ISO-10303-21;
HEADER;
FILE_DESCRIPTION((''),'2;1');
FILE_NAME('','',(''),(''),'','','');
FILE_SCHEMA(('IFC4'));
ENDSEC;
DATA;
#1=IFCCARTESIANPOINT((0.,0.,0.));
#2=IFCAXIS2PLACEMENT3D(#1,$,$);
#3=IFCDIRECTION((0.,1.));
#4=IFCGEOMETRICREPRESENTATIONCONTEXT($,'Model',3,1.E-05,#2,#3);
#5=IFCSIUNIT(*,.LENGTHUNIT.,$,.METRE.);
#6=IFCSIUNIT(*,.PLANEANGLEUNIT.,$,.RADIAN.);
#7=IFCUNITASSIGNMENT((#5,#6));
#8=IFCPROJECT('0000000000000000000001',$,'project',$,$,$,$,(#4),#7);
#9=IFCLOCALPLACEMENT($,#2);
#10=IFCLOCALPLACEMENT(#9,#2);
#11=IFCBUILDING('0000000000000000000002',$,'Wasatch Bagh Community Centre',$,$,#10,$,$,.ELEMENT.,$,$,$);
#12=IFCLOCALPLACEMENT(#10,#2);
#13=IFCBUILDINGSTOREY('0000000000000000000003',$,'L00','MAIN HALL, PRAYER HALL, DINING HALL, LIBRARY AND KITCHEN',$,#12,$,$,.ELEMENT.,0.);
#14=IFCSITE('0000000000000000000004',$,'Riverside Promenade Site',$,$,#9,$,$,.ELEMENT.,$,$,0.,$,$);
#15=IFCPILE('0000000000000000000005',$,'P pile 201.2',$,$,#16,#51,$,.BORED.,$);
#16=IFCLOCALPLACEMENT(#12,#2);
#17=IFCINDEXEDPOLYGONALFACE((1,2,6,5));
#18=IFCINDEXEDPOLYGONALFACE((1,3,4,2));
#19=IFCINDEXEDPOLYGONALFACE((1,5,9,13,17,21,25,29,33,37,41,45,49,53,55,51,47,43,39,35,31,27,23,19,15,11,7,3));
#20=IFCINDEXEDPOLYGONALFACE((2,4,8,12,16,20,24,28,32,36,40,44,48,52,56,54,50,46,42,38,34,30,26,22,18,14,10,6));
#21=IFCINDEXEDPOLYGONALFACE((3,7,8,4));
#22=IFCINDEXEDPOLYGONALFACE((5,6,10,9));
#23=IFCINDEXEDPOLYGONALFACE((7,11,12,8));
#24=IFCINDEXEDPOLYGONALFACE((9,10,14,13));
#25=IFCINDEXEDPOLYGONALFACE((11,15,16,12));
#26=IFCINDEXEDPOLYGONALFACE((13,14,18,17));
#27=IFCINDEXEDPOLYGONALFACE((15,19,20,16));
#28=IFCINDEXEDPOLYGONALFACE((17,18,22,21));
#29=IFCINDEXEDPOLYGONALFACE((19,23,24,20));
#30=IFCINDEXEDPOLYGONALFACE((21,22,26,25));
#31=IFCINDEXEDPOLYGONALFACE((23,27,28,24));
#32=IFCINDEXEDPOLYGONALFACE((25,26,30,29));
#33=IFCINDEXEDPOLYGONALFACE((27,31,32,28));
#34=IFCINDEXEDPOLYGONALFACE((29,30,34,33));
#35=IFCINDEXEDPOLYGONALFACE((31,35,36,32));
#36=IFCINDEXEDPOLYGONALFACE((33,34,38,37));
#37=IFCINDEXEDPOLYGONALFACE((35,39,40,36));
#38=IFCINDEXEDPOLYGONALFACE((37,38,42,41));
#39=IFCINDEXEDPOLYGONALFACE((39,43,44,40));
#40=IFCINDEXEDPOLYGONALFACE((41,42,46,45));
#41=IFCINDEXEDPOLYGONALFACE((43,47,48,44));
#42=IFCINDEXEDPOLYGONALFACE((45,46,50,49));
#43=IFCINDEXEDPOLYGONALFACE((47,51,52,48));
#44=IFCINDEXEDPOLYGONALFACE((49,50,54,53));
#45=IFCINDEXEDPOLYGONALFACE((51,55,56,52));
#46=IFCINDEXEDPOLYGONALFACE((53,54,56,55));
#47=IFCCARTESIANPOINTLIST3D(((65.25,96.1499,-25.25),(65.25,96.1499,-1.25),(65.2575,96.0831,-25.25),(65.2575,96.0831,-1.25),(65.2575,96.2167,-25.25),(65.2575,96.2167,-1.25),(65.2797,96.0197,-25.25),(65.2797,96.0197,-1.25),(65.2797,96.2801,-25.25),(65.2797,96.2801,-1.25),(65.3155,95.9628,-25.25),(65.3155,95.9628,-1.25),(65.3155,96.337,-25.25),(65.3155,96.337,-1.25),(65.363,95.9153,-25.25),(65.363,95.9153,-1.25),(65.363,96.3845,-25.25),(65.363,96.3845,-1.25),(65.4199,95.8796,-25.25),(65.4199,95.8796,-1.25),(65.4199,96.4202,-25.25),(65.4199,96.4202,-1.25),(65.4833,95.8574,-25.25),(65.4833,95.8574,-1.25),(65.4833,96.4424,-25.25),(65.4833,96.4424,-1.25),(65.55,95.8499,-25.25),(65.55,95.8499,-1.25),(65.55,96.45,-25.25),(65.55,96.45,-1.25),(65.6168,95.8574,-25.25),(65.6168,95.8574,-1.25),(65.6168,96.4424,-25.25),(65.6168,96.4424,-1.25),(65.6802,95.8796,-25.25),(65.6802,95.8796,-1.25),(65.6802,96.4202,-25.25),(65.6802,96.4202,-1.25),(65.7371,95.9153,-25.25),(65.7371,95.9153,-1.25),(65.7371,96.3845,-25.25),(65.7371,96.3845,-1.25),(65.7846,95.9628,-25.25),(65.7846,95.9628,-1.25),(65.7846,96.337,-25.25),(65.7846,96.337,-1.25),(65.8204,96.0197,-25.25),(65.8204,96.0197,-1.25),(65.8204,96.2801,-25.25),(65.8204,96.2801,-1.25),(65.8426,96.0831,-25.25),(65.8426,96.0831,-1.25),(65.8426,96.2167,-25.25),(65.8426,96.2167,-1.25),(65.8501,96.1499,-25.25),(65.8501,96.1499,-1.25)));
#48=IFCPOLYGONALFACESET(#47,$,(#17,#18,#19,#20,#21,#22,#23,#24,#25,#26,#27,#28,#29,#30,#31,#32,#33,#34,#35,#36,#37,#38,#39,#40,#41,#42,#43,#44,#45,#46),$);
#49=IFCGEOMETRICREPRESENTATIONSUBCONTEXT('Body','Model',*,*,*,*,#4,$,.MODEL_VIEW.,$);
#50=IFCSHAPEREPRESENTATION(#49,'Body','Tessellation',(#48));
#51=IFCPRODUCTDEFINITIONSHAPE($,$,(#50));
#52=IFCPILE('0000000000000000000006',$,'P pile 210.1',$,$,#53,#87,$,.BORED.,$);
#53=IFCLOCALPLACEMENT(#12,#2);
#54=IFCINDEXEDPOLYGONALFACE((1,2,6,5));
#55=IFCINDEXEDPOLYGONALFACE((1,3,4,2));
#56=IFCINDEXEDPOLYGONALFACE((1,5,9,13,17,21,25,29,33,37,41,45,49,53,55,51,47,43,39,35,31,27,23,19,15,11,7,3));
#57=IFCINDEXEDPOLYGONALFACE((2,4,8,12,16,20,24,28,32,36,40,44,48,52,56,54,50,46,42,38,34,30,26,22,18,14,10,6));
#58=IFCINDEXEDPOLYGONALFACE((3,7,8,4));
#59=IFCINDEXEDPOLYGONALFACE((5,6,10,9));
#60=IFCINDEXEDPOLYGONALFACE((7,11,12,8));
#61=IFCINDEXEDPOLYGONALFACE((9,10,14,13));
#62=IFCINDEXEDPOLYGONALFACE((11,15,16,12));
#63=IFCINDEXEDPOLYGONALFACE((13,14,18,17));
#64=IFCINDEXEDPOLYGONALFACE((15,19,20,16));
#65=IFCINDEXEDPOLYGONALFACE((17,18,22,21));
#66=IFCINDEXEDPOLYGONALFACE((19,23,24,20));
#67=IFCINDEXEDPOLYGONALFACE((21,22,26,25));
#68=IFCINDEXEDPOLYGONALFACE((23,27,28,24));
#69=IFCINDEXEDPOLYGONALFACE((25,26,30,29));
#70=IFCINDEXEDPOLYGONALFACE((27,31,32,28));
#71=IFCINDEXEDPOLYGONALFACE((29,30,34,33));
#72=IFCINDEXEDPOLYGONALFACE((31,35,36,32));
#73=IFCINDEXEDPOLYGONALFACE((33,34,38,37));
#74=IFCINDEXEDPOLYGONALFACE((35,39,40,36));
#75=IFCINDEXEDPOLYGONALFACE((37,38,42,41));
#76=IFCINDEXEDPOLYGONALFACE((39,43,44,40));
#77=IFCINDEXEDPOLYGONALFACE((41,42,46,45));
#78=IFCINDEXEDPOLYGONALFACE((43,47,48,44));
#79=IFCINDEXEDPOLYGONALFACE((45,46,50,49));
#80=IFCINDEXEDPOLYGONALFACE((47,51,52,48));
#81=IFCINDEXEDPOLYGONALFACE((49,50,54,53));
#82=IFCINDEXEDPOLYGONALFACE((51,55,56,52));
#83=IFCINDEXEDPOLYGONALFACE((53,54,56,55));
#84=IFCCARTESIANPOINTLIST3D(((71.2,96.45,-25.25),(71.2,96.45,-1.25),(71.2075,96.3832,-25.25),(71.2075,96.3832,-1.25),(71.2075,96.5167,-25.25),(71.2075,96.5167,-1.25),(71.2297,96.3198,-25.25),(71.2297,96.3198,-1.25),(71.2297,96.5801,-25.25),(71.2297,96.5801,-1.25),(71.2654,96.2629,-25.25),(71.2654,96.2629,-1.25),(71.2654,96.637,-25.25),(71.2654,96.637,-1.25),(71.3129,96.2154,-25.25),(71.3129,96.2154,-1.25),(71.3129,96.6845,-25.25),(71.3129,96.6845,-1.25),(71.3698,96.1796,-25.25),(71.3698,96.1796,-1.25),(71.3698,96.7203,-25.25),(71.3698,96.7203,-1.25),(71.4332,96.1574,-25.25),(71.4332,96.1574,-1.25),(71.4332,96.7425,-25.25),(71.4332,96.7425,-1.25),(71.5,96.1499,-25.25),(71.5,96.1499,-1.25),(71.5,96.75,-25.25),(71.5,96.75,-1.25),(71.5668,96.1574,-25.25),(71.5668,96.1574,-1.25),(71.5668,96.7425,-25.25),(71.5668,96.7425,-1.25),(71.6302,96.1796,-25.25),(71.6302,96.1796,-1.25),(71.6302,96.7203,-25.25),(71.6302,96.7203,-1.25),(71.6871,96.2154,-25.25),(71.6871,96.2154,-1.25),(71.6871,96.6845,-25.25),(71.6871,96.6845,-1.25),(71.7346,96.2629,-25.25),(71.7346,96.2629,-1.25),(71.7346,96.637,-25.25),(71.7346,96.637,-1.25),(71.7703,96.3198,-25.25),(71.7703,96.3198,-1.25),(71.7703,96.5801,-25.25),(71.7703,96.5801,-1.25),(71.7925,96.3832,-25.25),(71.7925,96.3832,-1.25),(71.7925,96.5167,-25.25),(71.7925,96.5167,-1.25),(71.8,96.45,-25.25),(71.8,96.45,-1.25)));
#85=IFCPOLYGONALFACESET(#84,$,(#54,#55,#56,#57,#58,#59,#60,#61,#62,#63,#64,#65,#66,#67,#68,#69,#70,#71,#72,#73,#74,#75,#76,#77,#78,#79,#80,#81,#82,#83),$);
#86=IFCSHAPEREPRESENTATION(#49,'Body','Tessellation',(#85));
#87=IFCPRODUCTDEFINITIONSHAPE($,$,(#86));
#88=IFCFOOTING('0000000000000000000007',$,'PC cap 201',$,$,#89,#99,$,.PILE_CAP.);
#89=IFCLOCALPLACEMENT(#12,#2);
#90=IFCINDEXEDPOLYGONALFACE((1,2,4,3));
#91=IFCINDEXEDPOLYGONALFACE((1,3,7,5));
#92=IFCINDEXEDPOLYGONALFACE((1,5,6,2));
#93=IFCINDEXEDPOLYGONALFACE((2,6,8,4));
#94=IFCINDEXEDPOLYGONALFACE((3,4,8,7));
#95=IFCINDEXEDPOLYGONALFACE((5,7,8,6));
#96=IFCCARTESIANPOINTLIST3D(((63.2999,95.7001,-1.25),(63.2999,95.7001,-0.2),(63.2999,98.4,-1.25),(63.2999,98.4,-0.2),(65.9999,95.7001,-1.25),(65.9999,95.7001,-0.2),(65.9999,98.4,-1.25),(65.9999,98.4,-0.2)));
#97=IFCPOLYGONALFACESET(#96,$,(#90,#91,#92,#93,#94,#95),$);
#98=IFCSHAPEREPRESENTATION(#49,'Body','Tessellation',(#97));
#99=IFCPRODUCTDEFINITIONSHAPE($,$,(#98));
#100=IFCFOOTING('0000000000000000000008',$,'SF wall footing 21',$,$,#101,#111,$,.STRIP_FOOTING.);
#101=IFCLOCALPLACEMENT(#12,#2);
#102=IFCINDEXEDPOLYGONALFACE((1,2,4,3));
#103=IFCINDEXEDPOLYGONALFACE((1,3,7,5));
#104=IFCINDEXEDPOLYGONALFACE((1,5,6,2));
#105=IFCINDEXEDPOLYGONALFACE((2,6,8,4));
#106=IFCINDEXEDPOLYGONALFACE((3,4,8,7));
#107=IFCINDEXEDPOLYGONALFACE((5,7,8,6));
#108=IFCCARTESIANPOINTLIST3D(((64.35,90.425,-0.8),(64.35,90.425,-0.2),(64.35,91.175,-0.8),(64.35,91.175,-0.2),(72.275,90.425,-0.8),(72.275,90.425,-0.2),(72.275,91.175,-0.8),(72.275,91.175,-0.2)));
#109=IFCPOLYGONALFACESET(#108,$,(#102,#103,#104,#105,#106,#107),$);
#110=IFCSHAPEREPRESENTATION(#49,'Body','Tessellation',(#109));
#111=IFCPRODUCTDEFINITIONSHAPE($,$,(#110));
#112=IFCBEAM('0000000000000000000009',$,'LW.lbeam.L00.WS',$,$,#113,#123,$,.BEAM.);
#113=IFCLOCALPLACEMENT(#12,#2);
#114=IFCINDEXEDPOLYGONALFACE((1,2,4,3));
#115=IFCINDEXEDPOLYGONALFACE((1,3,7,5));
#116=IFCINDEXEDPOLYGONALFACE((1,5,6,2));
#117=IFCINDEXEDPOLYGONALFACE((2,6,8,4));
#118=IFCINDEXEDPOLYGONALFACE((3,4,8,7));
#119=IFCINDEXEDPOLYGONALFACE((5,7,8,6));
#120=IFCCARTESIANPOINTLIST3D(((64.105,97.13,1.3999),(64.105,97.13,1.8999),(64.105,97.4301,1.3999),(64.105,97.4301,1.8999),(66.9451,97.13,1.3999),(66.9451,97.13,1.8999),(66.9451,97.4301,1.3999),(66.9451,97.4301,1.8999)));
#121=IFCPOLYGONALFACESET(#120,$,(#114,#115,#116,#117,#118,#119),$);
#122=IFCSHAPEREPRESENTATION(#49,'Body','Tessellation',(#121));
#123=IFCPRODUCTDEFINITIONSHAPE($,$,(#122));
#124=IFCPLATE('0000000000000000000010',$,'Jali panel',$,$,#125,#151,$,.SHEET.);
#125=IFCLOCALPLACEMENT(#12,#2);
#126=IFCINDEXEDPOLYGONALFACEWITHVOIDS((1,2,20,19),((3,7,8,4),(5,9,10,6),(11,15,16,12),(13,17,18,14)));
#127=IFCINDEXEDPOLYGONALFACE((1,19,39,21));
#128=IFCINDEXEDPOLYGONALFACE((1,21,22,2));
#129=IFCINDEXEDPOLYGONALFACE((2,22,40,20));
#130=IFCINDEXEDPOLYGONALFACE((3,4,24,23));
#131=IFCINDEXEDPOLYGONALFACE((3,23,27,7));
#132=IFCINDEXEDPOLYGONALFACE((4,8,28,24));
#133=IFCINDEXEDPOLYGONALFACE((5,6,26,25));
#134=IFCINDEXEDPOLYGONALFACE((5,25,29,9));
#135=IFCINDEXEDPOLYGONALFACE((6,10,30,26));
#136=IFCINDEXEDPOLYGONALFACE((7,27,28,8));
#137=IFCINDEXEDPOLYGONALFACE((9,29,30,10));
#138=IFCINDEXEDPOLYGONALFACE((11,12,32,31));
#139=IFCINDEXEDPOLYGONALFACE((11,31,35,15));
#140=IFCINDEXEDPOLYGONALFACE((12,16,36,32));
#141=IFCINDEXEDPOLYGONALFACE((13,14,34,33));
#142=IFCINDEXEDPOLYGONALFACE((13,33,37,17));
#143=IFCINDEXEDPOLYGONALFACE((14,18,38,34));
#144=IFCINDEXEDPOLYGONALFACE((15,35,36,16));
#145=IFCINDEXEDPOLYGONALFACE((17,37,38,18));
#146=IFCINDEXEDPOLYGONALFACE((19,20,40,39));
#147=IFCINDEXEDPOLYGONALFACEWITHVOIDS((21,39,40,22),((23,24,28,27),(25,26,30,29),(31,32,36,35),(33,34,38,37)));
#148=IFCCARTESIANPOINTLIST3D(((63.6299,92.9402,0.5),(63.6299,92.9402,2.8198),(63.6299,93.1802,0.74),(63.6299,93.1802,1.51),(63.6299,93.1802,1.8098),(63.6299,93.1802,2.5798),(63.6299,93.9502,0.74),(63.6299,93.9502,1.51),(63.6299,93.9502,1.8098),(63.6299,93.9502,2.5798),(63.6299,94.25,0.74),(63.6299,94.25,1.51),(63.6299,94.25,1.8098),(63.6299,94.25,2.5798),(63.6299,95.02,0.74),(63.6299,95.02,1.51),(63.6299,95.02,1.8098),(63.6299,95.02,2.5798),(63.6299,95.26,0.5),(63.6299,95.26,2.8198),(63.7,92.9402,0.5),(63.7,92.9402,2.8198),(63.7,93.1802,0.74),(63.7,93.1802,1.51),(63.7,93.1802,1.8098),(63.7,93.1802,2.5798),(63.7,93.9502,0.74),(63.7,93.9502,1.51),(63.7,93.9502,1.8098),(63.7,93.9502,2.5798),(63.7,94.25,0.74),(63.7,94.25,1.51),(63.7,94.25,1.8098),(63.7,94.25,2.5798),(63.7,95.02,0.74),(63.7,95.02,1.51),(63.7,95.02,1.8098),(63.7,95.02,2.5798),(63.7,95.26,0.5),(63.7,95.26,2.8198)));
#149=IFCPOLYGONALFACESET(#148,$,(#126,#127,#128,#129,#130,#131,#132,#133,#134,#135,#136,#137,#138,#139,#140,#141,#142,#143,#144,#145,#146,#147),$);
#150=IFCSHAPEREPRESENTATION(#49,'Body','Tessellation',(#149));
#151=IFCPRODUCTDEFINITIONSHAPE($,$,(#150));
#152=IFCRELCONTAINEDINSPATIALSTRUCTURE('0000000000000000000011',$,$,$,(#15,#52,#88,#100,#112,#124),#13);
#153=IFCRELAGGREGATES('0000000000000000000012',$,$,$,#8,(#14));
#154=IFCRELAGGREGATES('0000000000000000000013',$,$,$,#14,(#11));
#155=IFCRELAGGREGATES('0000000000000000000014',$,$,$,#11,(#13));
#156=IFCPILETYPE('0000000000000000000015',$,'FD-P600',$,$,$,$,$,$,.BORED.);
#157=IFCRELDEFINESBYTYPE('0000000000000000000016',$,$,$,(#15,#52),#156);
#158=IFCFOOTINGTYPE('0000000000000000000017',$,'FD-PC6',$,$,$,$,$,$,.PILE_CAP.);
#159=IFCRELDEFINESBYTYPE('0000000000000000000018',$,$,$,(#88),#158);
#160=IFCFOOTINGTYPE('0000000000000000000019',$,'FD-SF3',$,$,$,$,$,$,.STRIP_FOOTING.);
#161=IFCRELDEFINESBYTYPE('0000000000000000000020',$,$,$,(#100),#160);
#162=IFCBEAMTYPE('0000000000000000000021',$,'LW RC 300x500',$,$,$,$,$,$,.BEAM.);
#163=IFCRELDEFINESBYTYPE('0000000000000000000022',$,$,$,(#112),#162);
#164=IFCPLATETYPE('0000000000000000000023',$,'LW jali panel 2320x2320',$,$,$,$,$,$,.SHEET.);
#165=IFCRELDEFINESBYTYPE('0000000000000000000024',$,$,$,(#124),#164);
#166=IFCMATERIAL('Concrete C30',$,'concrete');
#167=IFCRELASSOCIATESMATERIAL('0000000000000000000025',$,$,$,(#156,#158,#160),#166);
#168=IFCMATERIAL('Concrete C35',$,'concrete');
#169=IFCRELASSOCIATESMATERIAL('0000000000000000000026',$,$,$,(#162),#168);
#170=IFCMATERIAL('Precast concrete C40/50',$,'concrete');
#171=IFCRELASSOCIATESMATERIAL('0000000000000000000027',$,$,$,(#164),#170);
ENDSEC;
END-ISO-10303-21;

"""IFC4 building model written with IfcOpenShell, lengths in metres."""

from ifc_helpers import new_model, si_unit, direction, frame, origin, origin_2d, place, context, subcontext, project, spatial, polyline, rectangle, circle, outline, extrude, material, material_profile, profile_set, type_object, element, save


model = new_model("IFC4")

# Units and contexts
model_context = context("Model", 3, precision=1e-05, world=origin(), true_north=direction((0.0, 1.0)))
body_context = subcontext(model_context, "Body", "Model", "MODEL_VIEW")
ifc_project = project(units=[si_unit("LENGTHUNIT", "METRE"), si_unit("PLANEANGLEUNIT", "RADIAN")], contexts=[model_context])

# Site, building, storey
site_placement = place(None, origin())
site = spatial("IfcSite", under=ifc_project, at=site_placement, Name="Riverside Promenade Site", CompositionType="ELEMENT", RefElevation=0.0)
building_placement = place(site_placement, origin())
building = spatial("IfcBuilding", under=site, at=building_placement, Name="Wasatch Bagh Community Centre", CompositionType="ELEMENT")
storey_placement = place(building_placement, origin())
storey = spatial("IfcBuildingStorey", under=building, at=storey_placement, Name="L00", Description="MAIN HALL, PRAYER HALL, DINING HALL, LIBRARY AND KITCHEN", CompositionType="ELEMENT", Elevation=0.0)

# Piles
ifc_material_1 = material(Name="Concrete C30", Category="concrete")
ifc_material_profile_1 = material_profile(ifc_material_1, circle(Radius=0.3, at=origin_2d()), Name="RC D600")
ifc_profile_set_1 = profile_set([ifc_material_profile_1], Name="Concrete C30")
pile_type_1 = type_object("IfcPileType", Name="FD-P600", PredefinedType="BORED", material=ifc_profile_set_1)
for number, where, z_axis, x_axis, name in (
    (1, (65.55, 96.1499, -1.25), (0.0, 0.0, -1.0), (1.0, 0.0, 0.0), "P pile 201.2"),
    (2, (71.5, 96.45, -1.25), (0.0, 0.0, -1.0), (1.0, 0.0, 0.0), "P pile 210.1"),
):
    element("IfcPile", number, at=place(storey_placement, frame(where, z_axis=z_axis, x_axis=x_axis)), inside=storey, type_object=pile_type_1, Name=name, PredefinedType="BORED", context=body_context, shape_type="SweptSolid", body=[
        extrude(circle(Radius=0.3, at=origin_2d()), origin(), (0.0, 0.0, 1.0), 24.0),
    ])

# Footings
footing_type_1 = type_object("IfcFootingType", Name="FD-PC6", PredefinedType="PILE_CAP", material=ifc_material_1)
footing_1_placement = place(storey_placement, frame((64.6499, 97.05, -1.25), z_axis=(0.0, 0.0, 1.0), x_axis=(1.0, 0.0, 0.0)))
element("IfcFooting", 3, at=footing_1_placement, inside=storey, type_object=footing_type_1, Name="PC cap 201", PredefinedType="PILE_CAP", context=body_context, shape_type="SweptSolid", body=[
    extrude(rectangle(XDim=2.7, YDim=2.7, at=origin_2d()), origin(), (0.0, 0.0, 1.0), 1.05),
])
footing_type_2 = type_object("IfcFootingType", Name="FD-SF3", PredefinedType="STRIP_FOOTING", material=ifc_material_1)
footing_2_placement = place(storey_placement, frame((68.3125, 90.8, -0.8), z_axis=(0.0, 0.0, 1.0), x_axis=(1.0, 0.0, 0.0)))
element("IfcFooting", 4, at=footing_2_placement, inside=storey, type_object=footing_type_2, Name="SF wall footing 21", PredefinedType="STRIP_FOOTING", context=body_context, shape_type="SweptSolid", body=[
    extrude(rectangle(XDim=7.925, YDim=0.75, at=origin_2d()), origin(), (0.0, 0.0, 1.0), 0.6001),
])

# Beam
ifc_material_2 = material(Name="Concrete C35", Category="concrete")
ifc_material_profile_2 = material_profile(ifc_material_2, rectangle(XDim=0.3, YDim=0.5, at=origin_2d()), Name="RC 300x500")
ifc_profile_set_2 = profile_set([ifc_material_profile_2], Name="Concrete C35")
beam_type = type_object("IfcBeamType", Name="LW RC 300x500", PredefinedType="BEAM", material=ifc_profile_set_2)
beam_placement = place(storey_placement, frame((64.105, 97.28, 1.6499), z_axis=(1.0, 0.0, 0.0), x_axis=(0.0, 1.0, 0.0)))
element("IfcBeam", 5, at=beam_placement, inside=storey, type_object=beam_type, Name="LW.lbeam.L00.WS", PredefinedType="BEAM", context=body_context, shape_type="SweptSolid", body=[
    extrude(rectangle(XDim=0.3, YDim=0.5, at=origin_2d()), origin(), (0.0, 0.0, 1.0), 2.8401),
])

# Plate
ifc_material_3 = material(Name="Precast concrete C40/50", Category="concrete")
ifc_material_profile_3 = material_profile(ifc_material_3, outline(polyline([(-1.1599, -1.1599), (1.1599, -1.1599), (1.1599, 1.1599), (-1.1599, 1.1599), (-1.1599, -1.1599)]), holes=[polyline([(-0.9199, -0.9199), (-0.1499, -0.9199), (-0.1499, -0.1499), (-0.9199, -0.1499), (-0.9199, -0.9199)]), polyline([(-0.9199, 0.1499), (-0.1499, 0.1499), (-0.1499, 0.9199), (-0.9199, 0.9199), (-0.9199, 0.1499)]), polyline([(0.1499, -0.9199), (0.9199, -0.9199), (0.9199, -0.1499), (0.1499, -0.1499), (0.1499, -0.9199)]), polyline([(0.1499, 0.1499), (0.9199, 0.1499), (0.9199, 0.9199), (0.1499, 0.9199), (0.1499, 0.1499)])]), Name="Jali lattice")
ifc_profile_set_3 = profile_set([ifc_material_profile_3], Name="Precast concrete C40/50")
plate_type = type_object("IfcPlateType", Name="LW jali panel 2320x2320", PredefinedType="SHEET", material=ifc_profile_set_3)
plate_placement = place(storey_placement, frame((63.7, 94.1001, 1.6599), z_axis=(-1.0, 0.0, 0.0), x_axis=(0.0, -1.0, 0.0)))
element("IfcPlate", 6, at=plate_placement, inside=storey, type_object=plate_type, Name="Jali panel", PredefinedType="SHEET", context=body_context, shape_type="SweptSolid", body=[
    extrude(outline(polyline([(-1.1599, -1.1599), (1.1599, -1.1599), (1.1599, 1.1599), (-1.1599, 1.1599), (-1.1599, -1.1599)]), holes=[polyline([(-0.9199, -0.9199), (-0.1499, -0.9199), (-0.1499, -0.1499), (-0.9199, -0.1499), (-0.9199, -0.9199)]), polyline([(-0.9199, 0.1499), (-0.1499, 0.1499), (-0.1499, 0.9199), (-0.9199, 0.9199), (-0.9199, 0.1499)]), polyline([(0.1499, -0.9199), (0.9199, -0.9199), (0.9199, -0.1499), (0.1499, -0.1499), (0.1499, -0.9199)]), polyline([(0.1499, 0.1499), (0.9199, 0.1499), (0.9199, 0.9199), (0.1499, 0.9199), (0.1499, 0.1499)])]), origin(), (0.0, 0.0, 1.0), 0.0701),
])

save(model, "model.ifc")
